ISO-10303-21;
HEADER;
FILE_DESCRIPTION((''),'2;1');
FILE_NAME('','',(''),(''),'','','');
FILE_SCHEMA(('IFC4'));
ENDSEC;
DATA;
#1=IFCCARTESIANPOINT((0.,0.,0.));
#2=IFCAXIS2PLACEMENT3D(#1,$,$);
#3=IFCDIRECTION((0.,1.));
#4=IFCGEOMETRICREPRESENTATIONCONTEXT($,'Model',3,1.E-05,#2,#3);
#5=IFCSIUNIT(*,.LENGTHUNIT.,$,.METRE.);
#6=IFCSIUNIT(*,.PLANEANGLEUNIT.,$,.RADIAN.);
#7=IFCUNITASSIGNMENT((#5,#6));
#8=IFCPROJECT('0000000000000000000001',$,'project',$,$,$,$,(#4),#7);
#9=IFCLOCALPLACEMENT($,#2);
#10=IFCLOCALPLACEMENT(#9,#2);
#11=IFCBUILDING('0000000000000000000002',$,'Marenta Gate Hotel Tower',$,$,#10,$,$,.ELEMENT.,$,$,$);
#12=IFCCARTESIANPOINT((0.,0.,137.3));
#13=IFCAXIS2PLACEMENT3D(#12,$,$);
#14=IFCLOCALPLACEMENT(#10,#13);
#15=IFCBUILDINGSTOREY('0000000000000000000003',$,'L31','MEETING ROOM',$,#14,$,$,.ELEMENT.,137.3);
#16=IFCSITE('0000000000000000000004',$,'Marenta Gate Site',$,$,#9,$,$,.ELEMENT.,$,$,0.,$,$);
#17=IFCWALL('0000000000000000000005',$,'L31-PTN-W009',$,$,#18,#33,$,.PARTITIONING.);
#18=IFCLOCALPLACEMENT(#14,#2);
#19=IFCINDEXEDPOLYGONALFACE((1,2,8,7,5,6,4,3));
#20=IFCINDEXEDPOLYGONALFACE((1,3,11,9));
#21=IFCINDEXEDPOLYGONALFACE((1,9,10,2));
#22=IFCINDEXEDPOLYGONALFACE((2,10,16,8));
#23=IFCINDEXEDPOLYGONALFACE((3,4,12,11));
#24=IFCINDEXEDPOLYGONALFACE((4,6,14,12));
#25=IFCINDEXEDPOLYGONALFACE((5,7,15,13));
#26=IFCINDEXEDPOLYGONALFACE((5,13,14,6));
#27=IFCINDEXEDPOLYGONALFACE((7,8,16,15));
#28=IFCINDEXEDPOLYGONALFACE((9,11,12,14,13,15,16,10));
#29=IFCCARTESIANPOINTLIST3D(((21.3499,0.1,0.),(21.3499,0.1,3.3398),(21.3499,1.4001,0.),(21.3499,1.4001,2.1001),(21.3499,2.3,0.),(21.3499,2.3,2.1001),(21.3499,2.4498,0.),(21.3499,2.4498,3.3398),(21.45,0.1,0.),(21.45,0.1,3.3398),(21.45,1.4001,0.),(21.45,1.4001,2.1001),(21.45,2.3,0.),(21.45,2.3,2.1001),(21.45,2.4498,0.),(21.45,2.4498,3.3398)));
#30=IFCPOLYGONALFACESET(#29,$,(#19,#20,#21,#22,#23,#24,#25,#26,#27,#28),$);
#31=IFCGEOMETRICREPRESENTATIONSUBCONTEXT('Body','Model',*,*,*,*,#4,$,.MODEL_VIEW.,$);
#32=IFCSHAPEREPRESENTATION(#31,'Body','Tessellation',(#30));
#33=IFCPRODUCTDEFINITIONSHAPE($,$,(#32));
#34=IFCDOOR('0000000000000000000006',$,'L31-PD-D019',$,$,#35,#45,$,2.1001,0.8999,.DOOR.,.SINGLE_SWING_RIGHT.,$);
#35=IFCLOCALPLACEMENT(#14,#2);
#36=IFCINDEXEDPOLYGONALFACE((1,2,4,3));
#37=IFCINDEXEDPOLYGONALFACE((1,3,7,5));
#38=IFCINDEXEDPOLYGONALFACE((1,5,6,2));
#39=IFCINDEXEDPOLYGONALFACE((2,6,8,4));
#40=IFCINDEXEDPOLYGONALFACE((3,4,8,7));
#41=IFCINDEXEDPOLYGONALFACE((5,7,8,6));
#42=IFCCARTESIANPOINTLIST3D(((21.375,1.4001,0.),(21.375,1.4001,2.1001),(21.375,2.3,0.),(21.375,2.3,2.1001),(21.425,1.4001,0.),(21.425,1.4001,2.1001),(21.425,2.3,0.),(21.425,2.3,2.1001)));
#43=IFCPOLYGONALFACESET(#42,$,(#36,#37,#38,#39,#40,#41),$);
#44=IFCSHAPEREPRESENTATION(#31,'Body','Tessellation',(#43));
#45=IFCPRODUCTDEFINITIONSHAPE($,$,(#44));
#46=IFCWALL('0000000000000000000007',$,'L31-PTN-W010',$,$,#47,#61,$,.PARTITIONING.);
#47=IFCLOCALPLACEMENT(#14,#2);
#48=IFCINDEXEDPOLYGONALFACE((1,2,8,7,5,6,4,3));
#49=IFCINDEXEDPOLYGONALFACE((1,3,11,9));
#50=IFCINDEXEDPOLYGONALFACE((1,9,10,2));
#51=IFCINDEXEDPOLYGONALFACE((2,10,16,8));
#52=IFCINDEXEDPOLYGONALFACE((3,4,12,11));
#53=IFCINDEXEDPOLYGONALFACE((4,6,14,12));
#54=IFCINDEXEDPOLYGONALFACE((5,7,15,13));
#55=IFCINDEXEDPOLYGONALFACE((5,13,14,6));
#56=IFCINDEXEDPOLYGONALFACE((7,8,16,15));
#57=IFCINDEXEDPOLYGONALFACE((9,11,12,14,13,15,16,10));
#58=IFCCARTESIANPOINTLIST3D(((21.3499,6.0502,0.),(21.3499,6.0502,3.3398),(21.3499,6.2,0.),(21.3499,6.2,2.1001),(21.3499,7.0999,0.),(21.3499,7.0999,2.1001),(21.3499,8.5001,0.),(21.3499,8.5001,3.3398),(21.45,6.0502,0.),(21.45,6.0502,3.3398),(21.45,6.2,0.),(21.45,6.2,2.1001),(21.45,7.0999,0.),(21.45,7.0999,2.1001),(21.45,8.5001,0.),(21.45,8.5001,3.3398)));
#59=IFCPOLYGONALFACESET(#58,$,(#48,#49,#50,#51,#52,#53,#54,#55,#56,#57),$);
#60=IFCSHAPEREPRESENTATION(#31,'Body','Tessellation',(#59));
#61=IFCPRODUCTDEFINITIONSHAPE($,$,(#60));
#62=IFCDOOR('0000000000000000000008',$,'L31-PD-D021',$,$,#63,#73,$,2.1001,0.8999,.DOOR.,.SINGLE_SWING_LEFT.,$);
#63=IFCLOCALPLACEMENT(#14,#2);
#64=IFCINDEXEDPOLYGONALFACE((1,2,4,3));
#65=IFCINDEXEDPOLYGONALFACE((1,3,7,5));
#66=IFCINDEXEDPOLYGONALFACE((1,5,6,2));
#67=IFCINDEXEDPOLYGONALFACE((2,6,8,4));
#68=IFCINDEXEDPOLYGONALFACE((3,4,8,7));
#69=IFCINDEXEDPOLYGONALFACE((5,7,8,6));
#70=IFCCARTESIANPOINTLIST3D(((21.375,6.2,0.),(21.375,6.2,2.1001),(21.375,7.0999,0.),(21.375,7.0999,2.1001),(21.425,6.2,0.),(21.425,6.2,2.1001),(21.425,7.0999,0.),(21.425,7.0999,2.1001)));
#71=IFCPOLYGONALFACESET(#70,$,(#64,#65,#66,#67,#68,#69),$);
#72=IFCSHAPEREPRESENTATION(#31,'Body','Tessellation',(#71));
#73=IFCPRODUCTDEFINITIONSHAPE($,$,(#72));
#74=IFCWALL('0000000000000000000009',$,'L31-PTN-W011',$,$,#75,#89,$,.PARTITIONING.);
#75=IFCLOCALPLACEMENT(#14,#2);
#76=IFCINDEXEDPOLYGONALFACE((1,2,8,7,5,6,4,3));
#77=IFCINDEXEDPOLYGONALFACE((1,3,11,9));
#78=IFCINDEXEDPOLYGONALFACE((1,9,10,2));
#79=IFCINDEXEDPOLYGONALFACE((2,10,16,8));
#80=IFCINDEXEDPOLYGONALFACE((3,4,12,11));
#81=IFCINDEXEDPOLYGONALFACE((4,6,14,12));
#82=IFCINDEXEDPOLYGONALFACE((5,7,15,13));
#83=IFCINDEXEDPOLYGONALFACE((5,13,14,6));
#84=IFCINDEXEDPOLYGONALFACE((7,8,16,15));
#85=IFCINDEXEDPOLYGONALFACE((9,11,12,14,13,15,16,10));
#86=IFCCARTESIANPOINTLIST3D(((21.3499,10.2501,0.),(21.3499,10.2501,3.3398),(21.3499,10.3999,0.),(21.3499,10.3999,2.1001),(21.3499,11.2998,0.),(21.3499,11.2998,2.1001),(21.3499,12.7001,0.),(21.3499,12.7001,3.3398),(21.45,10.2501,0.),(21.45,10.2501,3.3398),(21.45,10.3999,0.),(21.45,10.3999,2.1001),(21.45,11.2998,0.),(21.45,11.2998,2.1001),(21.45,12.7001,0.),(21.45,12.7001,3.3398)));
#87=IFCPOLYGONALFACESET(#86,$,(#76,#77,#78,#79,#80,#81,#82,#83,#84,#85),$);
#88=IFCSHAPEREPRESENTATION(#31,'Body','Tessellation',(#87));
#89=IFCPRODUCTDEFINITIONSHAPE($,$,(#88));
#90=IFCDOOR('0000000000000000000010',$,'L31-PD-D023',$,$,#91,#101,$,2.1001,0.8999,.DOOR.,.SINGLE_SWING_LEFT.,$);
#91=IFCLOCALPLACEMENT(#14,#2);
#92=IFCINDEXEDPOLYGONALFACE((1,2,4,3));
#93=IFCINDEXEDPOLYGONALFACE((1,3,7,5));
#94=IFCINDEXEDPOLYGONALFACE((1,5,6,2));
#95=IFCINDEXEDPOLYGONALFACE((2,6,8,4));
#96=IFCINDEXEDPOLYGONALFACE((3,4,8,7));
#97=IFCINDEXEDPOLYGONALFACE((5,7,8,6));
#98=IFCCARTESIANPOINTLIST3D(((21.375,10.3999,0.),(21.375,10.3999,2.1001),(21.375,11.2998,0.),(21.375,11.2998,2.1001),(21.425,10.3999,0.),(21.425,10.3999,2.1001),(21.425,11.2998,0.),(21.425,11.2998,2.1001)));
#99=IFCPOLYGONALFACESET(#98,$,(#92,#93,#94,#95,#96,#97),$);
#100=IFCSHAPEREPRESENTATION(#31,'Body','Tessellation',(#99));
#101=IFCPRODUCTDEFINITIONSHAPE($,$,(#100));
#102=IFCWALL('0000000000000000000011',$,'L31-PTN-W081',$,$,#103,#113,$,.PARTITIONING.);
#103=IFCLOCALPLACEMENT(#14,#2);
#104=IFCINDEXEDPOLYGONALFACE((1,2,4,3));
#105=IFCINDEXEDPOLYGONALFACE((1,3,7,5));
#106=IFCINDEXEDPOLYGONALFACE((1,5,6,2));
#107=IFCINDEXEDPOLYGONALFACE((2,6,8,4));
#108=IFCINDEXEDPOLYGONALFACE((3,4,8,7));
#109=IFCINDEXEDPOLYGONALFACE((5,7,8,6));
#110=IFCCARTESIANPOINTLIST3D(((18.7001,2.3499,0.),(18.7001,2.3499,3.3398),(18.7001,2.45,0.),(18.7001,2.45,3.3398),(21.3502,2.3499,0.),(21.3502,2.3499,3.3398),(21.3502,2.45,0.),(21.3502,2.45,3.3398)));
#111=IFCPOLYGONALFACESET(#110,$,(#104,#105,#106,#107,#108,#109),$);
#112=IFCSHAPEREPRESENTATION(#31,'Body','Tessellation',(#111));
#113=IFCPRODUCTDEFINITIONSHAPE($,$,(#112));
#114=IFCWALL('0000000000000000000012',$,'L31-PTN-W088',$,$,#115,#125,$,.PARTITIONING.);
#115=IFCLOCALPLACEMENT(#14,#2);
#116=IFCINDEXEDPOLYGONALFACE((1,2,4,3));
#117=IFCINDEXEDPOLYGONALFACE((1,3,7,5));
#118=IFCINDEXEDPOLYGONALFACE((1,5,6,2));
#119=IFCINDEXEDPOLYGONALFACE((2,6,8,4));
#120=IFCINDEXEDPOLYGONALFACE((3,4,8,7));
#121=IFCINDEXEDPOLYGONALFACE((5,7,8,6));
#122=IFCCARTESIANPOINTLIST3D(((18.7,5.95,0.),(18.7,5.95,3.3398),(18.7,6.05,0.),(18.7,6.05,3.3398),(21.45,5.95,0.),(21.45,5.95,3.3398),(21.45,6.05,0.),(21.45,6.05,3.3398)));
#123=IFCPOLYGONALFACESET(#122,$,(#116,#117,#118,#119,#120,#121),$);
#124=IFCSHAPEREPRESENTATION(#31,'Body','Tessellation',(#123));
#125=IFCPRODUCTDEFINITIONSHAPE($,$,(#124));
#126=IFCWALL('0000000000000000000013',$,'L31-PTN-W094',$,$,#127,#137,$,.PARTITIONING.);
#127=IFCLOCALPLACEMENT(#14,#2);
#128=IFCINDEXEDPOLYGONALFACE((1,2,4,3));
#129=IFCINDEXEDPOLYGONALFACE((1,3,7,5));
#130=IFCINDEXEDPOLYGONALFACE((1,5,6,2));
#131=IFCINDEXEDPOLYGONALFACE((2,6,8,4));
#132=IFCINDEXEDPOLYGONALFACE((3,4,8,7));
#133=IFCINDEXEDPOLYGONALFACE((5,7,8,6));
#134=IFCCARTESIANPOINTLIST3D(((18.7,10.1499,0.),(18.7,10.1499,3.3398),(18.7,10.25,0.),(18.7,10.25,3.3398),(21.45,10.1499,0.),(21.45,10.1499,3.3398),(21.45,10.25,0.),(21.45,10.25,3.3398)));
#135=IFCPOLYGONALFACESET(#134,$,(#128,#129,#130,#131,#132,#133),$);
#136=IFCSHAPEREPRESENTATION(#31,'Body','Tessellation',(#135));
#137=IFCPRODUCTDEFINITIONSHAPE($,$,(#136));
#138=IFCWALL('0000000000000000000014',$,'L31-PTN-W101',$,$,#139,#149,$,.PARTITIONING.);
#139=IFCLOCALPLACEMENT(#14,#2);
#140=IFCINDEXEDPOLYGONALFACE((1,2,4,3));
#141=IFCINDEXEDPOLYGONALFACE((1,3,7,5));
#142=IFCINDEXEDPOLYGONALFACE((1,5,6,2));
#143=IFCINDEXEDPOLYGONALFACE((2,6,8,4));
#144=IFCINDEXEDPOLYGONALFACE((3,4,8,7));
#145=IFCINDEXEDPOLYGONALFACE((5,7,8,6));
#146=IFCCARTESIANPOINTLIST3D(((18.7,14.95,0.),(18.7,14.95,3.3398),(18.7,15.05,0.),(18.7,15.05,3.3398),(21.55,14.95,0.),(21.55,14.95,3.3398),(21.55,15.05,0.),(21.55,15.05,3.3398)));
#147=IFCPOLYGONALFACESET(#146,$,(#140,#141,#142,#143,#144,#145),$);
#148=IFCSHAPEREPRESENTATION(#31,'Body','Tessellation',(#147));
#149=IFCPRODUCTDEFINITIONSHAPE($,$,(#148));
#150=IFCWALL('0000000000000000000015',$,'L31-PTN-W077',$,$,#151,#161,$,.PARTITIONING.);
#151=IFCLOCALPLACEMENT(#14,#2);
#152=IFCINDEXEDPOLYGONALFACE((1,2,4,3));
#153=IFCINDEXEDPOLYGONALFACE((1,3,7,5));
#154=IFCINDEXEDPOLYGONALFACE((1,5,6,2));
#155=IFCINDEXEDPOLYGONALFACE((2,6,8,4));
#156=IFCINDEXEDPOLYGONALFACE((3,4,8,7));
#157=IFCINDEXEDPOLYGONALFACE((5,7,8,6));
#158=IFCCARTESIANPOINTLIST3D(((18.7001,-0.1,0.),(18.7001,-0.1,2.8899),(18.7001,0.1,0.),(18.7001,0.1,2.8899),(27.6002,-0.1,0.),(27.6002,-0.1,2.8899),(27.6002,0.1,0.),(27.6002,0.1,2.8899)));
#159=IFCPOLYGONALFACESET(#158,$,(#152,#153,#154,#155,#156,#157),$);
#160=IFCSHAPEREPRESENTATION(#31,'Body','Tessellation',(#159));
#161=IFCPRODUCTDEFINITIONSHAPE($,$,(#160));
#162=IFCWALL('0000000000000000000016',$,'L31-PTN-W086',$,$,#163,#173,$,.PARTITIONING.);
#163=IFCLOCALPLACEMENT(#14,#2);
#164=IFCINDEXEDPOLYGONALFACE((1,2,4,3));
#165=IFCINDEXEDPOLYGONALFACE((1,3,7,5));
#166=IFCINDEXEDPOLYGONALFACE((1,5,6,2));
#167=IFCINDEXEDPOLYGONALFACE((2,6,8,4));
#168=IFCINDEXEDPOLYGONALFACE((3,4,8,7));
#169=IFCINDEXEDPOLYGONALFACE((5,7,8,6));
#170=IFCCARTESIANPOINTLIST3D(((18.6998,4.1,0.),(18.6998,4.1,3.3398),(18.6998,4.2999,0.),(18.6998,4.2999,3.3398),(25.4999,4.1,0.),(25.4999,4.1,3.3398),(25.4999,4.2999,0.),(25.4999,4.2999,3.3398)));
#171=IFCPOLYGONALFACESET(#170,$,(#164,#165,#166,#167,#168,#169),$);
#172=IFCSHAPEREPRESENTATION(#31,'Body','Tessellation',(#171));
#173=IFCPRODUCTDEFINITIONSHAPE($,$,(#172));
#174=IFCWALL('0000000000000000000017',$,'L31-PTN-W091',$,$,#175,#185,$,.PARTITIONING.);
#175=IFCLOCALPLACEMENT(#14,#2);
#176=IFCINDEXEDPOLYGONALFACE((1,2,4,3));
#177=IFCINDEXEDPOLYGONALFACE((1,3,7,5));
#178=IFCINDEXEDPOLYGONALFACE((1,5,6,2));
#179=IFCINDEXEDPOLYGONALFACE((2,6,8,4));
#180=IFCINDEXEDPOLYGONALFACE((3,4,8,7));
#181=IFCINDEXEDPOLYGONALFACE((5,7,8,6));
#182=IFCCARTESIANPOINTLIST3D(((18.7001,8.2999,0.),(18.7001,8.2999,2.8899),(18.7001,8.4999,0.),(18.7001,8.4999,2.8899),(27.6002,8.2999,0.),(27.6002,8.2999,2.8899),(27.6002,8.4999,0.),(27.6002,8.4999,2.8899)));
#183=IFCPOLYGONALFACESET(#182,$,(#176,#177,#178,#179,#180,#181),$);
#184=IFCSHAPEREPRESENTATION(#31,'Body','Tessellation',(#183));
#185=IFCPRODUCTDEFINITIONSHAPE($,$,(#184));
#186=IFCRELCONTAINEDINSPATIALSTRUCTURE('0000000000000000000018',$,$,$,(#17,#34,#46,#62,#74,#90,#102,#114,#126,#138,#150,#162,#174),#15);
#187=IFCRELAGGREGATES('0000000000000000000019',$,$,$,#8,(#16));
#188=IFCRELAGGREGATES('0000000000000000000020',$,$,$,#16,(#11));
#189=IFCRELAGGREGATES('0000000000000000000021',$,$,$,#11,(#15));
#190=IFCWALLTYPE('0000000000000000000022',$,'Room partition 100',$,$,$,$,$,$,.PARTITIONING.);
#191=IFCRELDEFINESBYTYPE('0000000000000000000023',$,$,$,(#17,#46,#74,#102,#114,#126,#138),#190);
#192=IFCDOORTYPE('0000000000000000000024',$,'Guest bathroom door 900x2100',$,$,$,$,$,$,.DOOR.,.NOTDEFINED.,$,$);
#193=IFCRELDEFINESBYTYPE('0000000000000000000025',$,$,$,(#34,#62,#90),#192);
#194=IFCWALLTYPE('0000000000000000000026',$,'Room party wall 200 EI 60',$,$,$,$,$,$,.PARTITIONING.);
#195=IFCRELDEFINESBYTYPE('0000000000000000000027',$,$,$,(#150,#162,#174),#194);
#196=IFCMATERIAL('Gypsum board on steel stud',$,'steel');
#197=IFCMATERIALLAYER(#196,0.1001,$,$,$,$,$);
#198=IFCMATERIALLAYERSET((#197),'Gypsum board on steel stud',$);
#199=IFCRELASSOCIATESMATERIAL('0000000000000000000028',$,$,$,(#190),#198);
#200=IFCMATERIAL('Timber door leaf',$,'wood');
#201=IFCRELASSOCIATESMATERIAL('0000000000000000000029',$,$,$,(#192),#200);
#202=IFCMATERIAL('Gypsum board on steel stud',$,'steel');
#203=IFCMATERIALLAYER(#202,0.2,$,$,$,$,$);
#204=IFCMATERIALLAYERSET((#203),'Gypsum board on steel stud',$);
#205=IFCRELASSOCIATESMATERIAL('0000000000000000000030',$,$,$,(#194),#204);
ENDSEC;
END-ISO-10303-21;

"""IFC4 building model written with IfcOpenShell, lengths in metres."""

from ifc_helpers import new_model, si_unit, direction, frame, frame_2d, origin, place, context, subcontext, project, spatial, rectangle, extrude, material, layer, layer_set, type_object, element, fill, save


model = new_model("IFC4")

# Units and contexts
model_context = context("Model", 3, precision=1e-05, world=origin(), true_north=direction((0.0, 1.0)))
body_context = subcontext(model_context, "Body", "Model", "MODEL_VIEW")
ifc_project = project(units=[si_unit("LENGTHUNIT", "METRE"), si_unit("PLANEANGLEUNIT", "RADIAN")], contexts=[model_context])

# Site, building, storey
site_placement = place(None, origin())
site = spatial("IfcSite", under=ifc_project, at=site_placement, Name="Marenta Gate Site", CompositionType="ELEMENT", RefElevation=0.0)
building_placement = place(site_placement, origin())
building = spatial("IfcBuilding", under=site, at=building_placement, Name="Marenta Gate Hotel Tower", CompositionType="ELEMENT")
storey_placement = place(building_placement, frame((0.0, 0.0, 137.3)))
storey = spatial("IfcBuildingStorey", under=building, at=storey_placement, Name="L31", Description="MEETING ROOM", CompositionType="ELEMENT", Elevation=137.3)

# Walls, openings, doors
ifc_material_1 = material(Name="Gypsum board on steel stud", Category="steel")
ifc_layer_1 = layer(ifc_material_1, 0.1001)
ifc_layer_set_1 = layer_set([ifc_layer_1], Name="Gypsum board on steel stud")
wall_type_1 = type_object("IfcWallType", Name="Room partition 100", PredefinedType="PARTITIONING", material=ifc_layer_set_1)
wall_1_placement = place(storey_placement, frame((21.3999, 0.1001, 0.0), z_axis=(0.0, 0.0, 1.0), x_axis=(0.0, 1.0, 0.0)))
wall_1 = element("IfcWall", 1, at=wall_1_placement, inside=storey, type_object=wall_type_1, Name="L31-PTN-W009", PredefinedType="PARTITIONING", context=body_context, shape_type="SweptSolid", body=[
    extrude(rectangle(XDim=2.3499, YDim=0.1001, at=frame_2d((1.1748, 0.0))), origin(), (0.0, 0.0, 1.0), 3.3398),
])
opening_1_placement = place(wall_1_placement, frame((1.3, 0.0, 0.0)))
opening_1 = element("IfcOpeningElement", 2, at=opening_1_placement, cuts=wall_1, PredefinedType="OPENING", context=body_context, shape_type="SweptSolid", body=[
    extrude(rectangle(XDim=0.8999, YDim=2.1001, at=frame_2d((0.45, 1.05))), frame((0.0, 0.05, 0.0), z_axis=(0.0, -1.0, 0.0), x_axis=(1.0, 0.0, 0.0)), (0.0, 0.0, 1.0), 0.1001),
])
ifc_material_2 = material(Name="Timber door leaf", Category="wood")
door_type = type_object("IfcDoorType", Name="Guest bathroom door 900x2100", OperationType="NOTDEFINED", PredefinedType="DOOR", material=ifc_material_2)
door_1_placement = place(opening_1_placement, origin())
door_1 = element("IfcDoor", 3, at=door_1_placement, inside=storey, type_object=door_type, Name="L31-PD-D019", OperationType="SINGLE_SWING_RIGHT", OverallHeight=2.1001, OverallWidth=0.8999, PredefinedType="DOOR", context=body_context, shape_type="SweptSolid", body=[
    extrude(rectangle(XDim=0.8999, YDim=2.1001, at=frame_2d((0.45, 1.05))), frame((0.0, 0.0249, 0.0), z_axis=(0.0, -1.0, 0.0), x_axis=(1.0, 0.0, 0.0)), (0.0, 0.0, 1.0), 0.05),
])
fill(opening_1, door_1)
wall_2_placement = place(storey_placement, frame((21.3999, 6.05, 0.0), z_axis=(0.0, 0.0, 1.0), x_axis=(0.0, 1.0, 0.0)))
wall_2 = element("IfcWall", 4, at=wall_2_placement, inside=storey, type_object=wall_type_1, Name="L31-PTN-W010", PredefinedType="PARTITIONING", context=body_context, shape_type="SweptSolid", body=[
    extrude(rectangle(XDim=2.45, YDim=0.1001, at=frame_2d((1.2251, 0.0))), origin(), (0.0, 0.0, 1.0), 3.3398),
])
opening_2_placement = place(wall_2_placement, frame((0.1499, 0.0, 0.0)))
opening_2 = element("IfcOpeningElement", 5, at=opening_2_placement, cuts=wall_2, PredefinedType="OPENING", context=body_context, shape_type="SweptSolid", body=[
    extrude(rectangle(XDim=0.8999, YDim=2.1001, at=frame_2d((0.45, 1.05))), frame((0.0, 0.05, 0.0), z_axis=(0.0, -1.0, 0.0), x_axis=(1.0, 0.0, 0.0)), (0.0, 0.0, 1.0), 0.1001),
])
door_2_placement = place(opening_2_placement, origin())
door_2 = element("IfcDoor", 6, at=door_2_placement, inside=storey, type_object=door_type, Name="L31-PD-D021", OperationType="SINGLE_SWING_LEFT", OverallHeight=2.1001, OverallWidth=0.8999, PredefinedType="DOOR", context=body_context, shape_type="SweptSolid", body=[
    extrude(rectangle(XDim=0.8999, YDim=2.1001, at=frame_2d((0.45, 1.05))), frame((0.0, 0.0249, 0.0), z_axis=(0.0, -1.0, 0.0), x_axis=(1.0, 0.0, 0.0)), (0.0, 0.0, 1.0), 0.05),
])
fill(opening_2, door_2)
wall_3_placement = place(storey_placement, frame((21.3999, 10.25, 0.0), z_axis=(0.0, 0.0, 1.0), x_axis=(0.0, 1.0, 0.0)))
wall_3 = element("IfcWall", 7, at=wall_3_placement, inside=storey, type_object=wall_type_1, Name="L31-PTN-W011", PredefinedType="PARTITIONING", context=body_context, shape_type="SweptSolid", body=[
    extrude(rectangle(XDim=2.45, YDim=0.1001, at=frame_2d((1.2251, 0.0))), origin(), (0.0, 0.0, 1.0), 3.3398),
])
opening_3_placement = place(wall_3_placement, frame((0.1499, 0.0, 0.0)))
opening_3 = element("IfcOpeningElement", 8, at=opening_3_placement, cuts=wall_3, PredefinedType="OPENING", context=body_context, shape_type="SweptSolid", body=[
    extrude(rectangle(XDim=0.8999, YDim=2.1001, at=frame_2d((0.45, 1.05))), frame((0.0, 0.05, 0.0), z_axis=(0.0, -1.0, 0.0), x_axis=(1.0, 0.0, 0.0)), (0.0, 0.0, 1.0), 0.1001),
])
door_3_placement = place(opening_3_placement, origin())
door_3 = element("IfcDoor", 9, at=door_3_placement, inside=storey, type_object=door_type, Name="L31-PD-D023", OperationType="SINGLE_SWING_LEFT", OverallHeight=2.1001, OverallWidth=0.8999, PredefinedType="DOOR", context=body_context, shape_type="SweptSolid", body=[
    extrude(rectangle(XDim=0.8999, YDim=2.1001, at=frame_2d((0.45, 1.05))), frame((0.0, 0.0249, 0.0), z_axis=(0.0, -1.0, 0.0), x_axis=(1.0, 0.0, 0.0)), (0.0, 0.0, 1.0), 0.05),
])
fill(opening_3, door_3)

# Walls
wall_4_placement = place(storey_placement, frame((18.7, 2.3999, 0.0), z_axis=(0.0, 0.0, 1.0), x_axis=(1.0, 0.0, 0.0)))
element("IfcWall", 10, at=wall_4_placement, inside=storey, type_object=wall_type_1, Name="L31-PTN-W081", PredefinedType="PARTITIONING", context=body_context, shape_type="SweptSolid", body=[
    extrude(rectangle(XDim=2.6501, YDim=0.1001, at=frame_2d((1.3252, 0.0))), origin(), (0.0, 0.0, 1.0), 3.3398),
])
for number, where, z_axis, x_axis, name in (
    (11, (18.7, 6.0, 0.0), (0.0, 0.0, 1.0), (1.0, 0.0, 0.0), "L31-PTN-W088"),
    (12, (18.7, 10.2, 0.0), (0.0, 0.0, 1.0), (1.0, 0.0, 0.0), "L31-PTN-W094"),
):
    element("IfcWall", number, at=place(storey_placement, frame(where, z_axis=z_axis, x_axis=x_axis)), inside=storey, type_object=wall_type_1, Name=name, PredefinedType="PARTITIONING", context=body_context, shape_type="SweptSolid", body=[
        extrude(rectangle(XDim=2.75, YDim=0.1001, at=frame_2d((1.375, 0.0))), origin(), (0.0, 0.0, 1.0), 3.3398),
    ])
wall_5_placement = place(storey_placement, frame((18.7, 15.0, 0.0), z_axis=(0.0, 0.0, 1.0), x_axis=(1.0, 0.0, 0.0)))
element("IfcWall", 13, at=wall_5_placement, inside=storey, type_object=wall_type_1, Name="L31-PTN-W101", PredefinedType="PARTITIONING", context=body_context, shape_type="SweptSolid", body=[
    extrude(rectangle(XDim=2.8501, YDim=0.1001, at=frame_2d((1.425, 0.0))), origin(), (0.0, 0.0, 1.0), 3.3398),
])
ifc_material_3 = material(Name="Gypsum board on steel stud", Category="steel")
ifc_layer_2 = layer(ifc_material_3, 0.2)
ifc_layer_set_2 = layer_set([ifc_layer_2], Name="Gypsum board on steel stud")
wall_type_2 = type_object("IfcWallType", Name="Room party wall 200 EI 60", PredefinedType="PARTITIONING", material=ifc_layer_set_2)
wall_6_placement = place(storey_placement, frame((18.7, 0.0, 0.0), z_axis=(0.0, 0.0, 1.0), x_axis=(1.0, 0.0, 0.0)))
element("IfcWall", 14, at=wall_6_placement, inside=storey, type_object=wall_type_2, Name="L31-PTN-W077", PredefinedType="PARTITIONING", context=body_context, shape_type="SweptSolid", body=[
    extrude(rectangle(XDim=8.9001, YDim=0.2, at=frame_2d((4.4502, 0.0))), origin(), (0.0, 0.0, 1.0), 2.8899),
])
wall_7_placement = place(storey_placement, frame((18.7, 4.2, 0.0), z_axis=(0.0, 0.0, 1.0), x_axis=(1.0, 0.0, 0.0)))
element("IfcWall", 15, at=wall_7_placement, inside=storey, type_object=wall_type_2, Name="L31-PTN-W086", PredefinedType="PARTITIONING", context=body_context, shape_type="SweptSolid", body=[
    extrude(rectangle(XDim=6.8, YDim=0.2, at=frame_2d((3.3999, 0.0))), origin(), (0.0, 0.0, 1.0), 3.3398),
])
wall_8_placement = place(storey_placement, frame((18.7, 8.3999, 0.0), z_axis=(0.0, 0.0, 1.0), x_axis=(1.0, 0.0, 0.0)))
element("IfcWall", 16, at=wall_8_placement, inside=storey, type_object=wall_type_2, Name="L31-PTN-W091", PredefinedType="PARTITIONING", context=body_context, shape_type="SweptSolid", body=[
    extrude(rectangle(XDim=8.9001, YDim=0.2, at=frame_2d((4.4502, 0.0))), origin(), (0.0, 0.0, 1.0), 2.8899),
])

save(model, "model.ifc")
